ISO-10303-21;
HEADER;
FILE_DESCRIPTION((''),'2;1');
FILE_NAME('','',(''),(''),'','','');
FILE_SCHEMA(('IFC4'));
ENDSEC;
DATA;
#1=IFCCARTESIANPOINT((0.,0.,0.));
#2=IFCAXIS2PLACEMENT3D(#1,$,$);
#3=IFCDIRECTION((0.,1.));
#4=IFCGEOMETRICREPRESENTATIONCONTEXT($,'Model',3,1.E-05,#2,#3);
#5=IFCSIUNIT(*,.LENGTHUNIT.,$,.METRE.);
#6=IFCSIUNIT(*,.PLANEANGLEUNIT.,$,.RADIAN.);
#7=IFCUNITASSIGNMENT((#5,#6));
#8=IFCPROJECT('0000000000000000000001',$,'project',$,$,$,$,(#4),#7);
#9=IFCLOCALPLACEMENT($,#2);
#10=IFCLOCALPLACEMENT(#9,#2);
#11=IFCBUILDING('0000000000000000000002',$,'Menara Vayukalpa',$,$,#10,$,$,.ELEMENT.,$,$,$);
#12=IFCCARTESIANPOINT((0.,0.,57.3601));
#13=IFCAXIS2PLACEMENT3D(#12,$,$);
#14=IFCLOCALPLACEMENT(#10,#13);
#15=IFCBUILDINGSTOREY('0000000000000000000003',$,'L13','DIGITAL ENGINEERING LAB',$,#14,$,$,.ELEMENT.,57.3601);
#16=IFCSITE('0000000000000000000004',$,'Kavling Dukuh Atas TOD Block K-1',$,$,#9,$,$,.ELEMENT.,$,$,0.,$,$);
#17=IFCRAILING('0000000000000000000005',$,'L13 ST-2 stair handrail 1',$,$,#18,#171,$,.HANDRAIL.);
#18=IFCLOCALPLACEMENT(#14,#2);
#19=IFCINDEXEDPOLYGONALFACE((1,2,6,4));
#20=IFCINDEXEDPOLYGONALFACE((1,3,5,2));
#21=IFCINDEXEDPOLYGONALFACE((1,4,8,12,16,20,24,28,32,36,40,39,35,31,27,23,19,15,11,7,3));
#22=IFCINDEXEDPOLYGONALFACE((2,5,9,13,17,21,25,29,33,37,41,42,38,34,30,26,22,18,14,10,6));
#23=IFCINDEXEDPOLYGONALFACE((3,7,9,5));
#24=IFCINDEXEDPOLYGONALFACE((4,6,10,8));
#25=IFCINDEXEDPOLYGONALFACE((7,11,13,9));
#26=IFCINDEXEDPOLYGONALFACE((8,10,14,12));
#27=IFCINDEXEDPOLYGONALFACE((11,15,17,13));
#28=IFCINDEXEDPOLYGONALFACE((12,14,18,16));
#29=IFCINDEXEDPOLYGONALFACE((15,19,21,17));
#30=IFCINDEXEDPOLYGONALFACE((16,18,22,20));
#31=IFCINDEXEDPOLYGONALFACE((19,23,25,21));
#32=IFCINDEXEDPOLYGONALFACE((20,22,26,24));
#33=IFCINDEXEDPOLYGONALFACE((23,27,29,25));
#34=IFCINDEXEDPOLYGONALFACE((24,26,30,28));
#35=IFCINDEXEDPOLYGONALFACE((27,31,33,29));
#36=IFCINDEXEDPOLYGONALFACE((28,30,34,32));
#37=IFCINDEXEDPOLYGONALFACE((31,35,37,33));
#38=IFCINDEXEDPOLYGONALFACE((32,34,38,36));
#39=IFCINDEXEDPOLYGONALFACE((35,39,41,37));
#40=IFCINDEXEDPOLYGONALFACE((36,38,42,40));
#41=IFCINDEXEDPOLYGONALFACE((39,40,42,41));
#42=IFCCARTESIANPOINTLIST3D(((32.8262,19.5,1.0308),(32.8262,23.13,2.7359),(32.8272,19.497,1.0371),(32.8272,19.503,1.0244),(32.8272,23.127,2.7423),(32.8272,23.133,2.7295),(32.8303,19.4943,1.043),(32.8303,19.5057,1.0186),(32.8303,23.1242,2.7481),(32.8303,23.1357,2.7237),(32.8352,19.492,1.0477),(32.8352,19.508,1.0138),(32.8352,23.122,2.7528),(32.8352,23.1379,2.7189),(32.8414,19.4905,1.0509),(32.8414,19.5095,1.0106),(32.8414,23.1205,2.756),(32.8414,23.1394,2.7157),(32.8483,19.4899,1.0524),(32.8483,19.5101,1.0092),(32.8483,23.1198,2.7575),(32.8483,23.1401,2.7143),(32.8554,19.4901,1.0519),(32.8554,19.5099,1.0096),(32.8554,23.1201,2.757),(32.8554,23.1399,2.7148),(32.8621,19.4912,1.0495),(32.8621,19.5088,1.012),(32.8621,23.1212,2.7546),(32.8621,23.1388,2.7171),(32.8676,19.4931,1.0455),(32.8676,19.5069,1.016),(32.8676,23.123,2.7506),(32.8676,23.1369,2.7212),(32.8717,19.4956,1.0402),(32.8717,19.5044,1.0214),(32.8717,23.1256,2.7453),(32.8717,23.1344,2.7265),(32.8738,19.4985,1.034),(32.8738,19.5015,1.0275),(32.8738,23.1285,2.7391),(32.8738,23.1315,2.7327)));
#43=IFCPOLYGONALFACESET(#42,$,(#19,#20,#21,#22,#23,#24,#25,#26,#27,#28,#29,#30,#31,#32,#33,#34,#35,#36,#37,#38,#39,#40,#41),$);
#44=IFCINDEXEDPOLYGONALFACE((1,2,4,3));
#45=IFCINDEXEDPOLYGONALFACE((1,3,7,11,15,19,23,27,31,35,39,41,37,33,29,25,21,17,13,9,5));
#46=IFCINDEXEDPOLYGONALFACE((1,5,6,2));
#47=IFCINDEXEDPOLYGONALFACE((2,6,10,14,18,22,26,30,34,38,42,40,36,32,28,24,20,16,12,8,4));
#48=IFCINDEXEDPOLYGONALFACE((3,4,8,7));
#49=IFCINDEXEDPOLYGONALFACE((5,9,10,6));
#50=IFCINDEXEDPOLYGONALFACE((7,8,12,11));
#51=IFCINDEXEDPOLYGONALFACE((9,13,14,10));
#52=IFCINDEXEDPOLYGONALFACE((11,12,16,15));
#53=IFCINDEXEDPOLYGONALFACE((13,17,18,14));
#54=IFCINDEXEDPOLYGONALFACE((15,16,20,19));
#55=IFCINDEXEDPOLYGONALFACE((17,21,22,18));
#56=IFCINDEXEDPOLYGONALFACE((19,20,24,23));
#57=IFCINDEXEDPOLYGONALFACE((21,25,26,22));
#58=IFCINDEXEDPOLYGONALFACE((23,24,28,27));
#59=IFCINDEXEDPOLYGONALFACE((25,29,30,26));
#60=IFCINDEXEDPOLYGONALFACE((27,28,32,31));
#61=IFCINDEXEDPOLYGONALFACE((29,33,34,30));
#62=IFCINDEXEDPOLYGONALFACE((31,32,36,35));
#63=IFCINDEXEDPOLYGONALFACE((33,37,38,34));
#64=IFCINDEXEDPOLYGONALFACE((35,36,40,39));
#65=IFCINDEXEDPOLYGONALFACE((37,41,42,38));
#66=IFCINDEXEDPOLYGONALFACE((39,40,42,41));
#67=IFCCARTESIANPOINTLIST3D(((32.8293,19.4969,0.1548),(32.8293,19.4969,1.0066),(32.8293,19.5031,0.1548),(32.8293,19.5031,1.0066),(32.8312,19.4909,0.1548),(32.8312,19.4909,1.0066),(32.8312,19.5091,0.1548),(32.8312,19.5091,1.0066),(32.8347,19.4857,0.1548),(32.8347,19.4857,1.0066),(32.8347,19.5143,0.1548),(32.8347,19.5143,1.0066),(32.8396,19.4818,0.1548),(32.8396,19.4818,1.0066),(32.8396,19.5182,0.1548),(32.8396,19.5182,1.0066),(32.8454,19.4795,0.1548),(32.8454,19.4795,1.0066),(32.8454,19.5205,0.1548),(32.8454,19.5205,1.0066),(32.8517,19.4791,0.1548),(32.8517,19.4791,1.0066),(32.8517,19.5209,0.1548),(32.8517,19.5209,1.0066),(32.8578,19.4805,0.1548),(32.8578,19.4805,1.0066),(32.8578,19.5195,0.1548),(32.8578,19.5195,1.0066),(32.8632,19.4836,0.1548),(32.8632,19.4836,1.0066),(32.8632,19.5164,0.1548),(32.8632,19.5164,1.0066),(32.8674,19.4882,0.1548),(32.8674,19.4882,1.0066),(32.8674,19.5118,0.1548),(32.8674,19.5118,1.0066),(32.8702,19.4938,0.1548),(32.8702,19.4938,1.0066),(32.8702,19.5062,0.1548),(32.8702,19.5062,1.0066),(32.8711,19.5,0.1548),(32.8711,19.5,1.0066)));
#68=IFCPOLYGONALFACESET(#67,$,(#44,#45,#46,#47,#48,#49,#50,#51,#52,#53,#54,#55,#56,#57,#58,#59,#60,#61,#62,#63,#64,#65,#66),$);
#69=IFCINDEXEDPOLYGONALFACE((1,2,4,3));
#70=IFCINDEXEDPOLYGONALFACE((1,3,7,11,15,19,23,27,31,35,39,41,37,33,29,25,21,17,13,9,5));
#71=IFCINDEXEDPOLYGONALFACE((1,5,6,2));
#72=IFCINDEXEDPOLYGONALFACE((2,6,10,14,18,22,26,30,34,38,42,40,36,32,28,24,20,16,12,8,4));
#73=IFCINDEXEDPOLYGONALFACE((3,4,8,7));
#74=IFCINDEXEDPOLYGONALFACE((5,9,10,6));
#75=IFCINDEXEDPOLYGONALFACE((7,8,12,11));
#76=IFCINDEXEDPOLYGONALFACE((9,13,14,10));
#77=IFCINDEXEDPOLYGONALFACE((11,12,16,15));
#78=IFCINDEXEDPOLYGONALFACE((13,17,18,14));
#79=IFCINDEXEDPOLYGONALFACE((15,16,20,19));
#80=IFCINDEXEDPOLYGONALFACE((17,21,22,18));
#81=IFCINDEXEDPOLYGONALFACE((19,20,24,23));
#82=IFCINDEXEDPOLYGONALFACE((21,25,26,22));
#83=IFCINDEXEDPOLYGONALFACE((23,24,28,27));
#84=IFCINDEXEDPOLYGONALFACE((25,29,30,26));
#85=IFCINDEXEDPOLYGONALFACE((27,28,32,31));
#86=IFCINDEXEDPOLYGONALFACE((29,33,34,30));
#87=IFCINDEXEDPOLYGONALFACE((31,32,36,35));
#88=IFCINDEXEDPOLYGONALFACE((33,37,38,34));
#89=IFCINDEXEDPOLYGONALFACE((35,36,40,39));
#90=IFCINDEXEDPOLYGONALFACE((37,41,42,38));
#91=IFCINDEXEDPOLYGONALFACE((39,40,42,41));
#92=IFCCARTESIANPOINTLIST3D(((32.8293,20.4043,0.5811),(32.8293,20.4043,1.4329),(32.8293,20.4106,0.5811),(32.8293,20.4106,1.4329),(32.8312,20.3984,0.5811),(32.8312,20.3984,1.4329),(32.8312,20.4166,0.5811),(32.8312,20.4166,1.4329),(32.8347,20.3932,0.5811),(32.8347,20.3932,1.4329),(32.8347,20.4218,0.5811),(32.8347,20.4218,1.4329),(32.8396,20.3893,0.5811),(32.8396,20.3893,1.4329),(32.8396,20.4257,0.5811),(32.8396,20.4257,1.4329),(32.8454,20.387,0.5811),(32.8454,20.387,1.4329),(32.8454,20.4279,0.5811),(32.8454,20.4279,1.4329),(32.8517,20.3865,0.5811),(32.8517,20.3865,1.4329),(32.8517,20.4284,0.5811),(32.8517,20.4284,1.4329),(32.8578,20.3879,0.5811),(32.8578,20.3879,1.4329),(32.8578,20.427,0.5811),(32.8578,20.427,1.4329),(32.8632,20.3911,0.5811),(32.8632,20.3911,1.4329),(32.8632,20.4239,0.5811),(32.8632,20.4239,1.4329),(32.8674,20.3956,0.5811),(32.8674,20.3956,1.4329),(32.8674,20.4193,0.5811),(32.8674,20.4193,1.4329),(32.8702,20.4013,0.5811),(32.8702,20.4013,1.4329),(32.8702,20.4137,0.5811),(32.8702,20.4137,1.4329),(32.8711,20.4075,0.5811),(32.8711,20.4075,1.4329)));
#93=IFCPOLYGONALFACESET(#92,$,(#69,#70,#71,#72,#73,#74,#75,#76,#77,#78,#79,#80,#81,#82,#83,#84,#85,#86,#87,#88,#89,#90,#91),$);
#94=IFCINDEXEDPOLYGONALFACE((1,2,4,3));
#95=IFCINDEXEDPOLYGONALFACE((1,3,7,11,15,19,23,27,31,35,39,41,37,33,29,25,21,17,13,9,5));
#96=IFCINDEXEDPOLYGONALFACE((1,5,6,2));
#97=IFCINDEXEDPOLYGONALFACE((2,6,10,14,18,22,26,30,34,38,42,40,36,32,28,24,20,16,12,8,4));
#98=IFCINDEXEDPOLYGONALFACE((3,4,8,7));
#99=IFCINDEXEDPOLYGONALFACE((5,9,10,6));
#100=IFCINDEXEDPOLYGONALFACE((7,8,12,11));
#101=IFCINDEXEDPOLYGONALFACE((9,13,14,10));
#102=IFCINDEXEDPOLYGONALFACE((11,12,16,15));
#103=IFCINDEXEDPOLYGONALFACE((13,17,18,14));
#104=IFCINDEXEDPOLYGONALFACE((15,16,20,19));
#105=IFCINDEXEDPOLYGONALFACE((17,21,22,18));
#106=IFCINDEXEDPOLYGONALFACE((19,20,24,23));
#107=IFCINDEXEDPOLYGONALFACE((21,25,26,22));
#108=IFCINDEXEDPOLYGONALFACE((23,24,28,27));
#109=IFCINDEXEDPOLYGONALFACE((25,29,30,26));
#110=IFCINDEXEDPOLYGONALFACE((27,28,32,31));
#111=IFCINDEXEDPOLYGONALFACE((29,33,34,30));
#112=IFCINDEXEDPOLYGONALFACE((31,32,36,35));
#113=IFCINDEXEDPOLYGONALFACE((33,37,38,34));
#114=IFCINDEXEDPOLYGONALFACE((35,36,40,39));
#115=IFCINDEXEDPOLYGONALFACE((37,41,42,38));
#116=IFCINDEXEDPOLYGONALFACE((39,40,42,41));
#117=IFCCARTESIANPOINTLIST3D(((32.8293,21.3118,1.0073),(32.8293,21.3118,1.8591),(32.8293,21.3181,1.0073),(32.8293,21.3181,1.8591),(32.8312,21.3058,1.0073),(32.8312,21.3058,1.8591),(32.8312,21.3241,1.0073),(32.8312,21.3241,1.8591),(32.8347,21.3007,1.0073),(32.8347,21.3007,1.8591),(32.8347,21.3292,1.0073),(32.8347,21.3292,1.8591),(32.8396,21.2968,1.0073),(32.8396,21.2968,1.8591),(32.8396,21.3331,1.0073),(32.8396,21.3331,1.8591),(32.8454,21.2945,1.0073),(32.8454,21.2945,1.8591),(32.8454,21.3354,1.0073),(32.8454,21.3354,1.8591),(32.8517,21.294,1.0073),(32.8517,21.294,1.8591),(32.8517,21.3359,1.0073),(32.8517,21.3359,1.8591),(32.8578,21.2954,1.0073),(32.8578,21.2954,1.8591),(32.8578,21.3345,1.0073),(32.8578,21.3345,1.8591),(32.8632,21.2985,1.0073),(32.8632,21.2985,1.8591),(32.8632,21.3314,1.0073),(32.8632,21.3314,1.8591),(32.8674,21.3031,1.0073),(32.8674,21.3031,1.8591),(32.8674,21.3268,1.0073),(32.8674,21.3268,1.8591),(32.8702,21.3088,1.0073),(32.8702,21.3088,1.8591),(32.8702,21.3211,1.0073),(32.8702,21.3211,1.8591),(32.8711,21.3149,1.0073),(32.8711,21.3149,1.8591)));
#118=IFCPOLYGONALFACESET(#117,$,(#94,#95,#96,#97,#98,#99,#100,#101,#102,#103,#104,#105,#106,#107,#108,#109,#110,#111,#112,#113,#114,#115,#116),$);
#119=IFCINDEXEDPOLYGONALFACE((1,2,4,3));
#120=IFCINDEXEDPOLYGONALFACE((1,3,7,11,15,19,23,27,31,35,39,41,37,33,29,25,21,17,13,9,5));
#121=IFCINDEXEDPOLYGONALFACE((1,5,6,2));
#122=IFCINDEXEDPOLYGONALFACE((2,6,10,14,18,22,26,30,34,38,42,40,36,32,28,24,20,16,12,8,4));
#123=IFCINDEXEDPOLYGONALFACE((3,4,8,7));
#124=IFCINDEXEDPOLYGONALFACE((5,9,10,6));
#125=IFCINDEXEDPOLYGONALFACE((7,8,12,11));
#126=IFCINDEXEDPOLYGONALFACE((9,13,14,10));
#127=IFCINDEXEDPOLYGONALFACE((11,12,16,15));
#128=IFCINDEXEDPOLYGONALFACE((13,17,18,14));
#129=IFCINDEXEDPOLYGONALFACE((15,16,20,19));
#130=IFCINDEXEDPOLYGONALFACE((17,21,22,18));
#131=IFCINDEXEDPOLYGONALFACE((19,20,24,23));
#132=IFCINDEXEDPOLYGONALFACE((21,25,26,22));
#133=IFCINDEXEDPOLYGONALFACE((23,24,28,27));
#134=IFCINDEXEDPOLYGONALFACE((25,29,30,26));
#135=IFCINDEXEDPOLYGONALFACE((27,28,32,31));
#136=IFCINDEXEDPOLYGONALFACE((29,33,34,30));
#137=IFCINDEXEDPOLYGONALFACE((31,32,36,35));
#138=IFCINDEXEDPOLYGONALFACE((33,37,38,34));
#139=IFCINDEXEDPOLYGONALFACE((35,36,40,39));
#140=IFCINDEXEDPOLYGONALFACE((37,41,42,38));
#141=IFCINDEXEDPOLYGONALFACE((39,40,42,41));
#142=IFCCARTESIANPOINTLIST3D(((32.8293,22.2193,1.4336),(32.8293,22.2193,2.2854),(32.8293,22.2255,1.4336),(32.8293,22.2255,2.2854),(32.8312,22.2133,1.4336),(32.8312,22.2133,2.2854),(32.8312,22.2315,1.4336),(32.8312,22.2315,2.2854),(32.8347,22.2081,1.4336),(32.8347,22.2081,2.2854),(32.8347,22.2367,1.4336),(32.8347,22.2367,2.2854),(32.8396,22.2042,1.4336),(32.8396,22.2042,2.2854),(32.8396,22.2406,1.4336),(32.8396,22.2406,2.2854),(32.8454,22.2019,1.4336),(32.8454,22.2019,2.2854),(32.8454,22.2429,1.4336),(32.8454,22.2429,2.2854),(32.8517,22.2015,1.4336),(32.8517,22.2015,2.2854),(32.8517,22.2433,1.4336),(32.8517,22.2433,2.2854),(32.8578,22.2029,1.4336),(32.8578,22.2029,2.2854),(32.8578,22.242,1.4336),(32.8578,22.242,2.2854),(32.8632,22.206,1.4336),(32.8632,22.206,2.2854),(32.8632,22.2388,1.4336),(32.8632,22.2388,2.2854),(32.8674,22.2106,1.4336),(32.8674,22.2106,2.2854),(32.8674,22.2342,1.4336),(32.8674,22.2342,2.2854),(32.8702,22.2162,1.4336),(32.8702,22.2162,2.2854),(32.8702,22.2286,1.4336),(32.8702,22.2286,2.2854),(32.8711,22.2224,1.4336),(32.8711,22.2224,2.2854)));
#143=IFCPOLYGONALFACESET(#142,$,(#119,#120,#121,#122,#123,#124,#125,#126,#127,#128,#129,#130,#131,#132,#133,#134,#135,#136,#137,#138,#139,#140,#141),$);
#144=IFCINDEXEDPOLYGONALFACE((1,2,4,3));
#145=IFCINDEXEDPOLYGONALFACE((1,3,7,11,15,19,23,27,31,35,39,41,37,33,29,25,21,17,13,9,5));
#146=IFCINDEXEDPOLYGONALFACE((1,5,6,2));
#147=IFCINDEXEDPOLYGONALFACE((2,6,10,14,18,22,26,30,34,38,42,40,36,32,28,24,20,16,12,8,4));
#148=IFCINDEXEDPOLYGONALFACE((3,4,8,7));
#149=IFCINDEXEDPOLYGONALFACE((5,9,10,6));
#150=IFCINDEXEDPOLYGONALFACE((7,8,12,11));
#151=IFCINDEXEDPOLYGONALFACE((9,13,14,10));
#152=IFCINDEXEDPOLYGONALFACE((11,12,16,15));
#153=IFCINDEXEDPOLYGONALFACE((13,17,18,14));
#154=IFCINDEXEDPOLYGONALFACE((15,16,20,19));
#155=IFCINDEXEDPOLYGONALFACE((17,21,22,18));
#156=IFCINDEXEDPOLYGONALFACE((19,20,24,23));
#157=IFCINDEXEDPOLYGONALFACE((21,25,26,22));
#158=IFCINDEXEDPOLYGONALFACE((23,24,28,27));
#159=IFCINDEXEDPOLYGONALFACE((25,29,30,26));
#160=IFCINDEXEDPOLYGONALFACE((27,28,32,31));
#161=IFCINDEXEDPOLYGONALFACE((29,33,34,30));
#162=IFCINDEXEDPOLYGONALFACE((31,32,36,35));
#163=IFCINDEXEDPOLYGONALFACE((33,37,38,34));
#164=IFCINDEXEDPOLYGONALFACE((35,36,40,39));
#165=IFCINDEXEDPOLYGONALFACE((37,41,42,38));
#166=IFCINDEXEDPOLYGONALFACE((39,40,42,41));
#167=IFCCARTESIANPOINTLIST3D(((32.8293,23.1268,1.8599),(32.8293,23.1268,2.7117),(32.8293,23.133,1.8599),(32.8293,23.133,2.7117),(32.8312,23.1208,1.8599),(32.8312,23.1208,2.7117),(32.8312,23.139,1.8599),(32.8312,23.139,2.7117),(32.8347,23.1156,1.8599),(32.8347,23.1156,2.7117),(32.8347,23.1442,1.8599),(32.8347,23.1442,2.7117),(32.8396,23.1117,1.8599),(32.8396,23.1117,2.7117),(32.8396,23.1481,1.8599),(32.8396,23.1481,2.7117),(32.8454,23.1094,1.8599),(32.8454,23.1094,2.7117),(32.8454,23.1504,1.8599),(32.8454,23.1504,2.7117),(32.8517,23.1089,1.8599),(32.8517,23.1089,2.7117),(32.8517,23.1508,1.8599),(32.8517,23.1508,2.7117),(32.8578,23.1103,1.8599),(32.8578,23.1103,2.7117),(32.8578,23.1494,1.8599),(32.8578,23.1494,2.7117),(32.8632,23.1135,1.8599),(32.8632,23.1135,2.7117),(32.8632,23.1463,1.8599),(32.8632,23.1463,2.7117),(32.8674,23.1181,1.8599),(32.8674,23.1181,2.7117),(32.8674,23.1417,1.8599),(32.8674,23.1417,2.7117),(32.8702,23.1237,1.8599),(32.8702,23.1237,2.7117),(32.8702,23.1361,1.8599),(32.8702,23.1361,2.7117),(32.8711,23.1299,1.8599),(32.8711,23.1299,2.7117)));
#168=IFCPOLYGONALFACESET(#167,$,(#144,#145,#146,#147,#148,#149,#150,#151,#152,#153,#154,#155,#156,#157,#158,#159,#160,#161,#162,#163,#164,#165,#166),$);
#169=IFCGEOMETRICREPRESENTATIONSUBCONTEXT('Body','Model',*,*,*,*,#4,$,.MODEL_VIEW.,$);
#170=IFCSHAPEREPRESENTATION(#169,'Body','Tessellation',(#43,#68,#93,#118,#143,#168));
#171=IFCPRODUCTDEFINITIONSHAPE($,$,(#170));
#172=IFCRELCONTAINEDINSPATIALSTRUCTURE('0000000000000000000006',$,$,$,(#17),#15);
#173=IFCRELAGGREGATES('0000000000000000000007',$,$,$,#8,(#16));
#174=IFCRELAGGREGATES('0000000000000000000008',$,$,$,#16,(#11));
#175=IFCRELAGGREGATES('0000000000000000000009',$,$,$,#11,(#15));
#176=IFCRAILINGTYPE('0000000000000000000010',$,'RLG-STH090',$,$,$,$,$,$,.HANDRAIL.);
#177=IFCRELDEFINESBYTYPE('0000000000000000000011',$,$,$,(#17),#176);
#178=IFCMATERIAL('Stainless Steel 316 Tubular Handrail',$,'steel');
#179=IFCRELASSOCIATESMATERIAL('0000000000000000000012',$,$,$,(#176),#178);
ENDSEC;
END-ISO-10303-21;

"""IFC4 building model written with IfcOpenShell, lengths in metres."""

from ifc_helpers import new_model, si_unit, direction, frame, origin, origin_2d, place, context, subcontext, project, spatial, circle, extrude, material, type_object, element, save


model = new_model("IFC4")

# Units and contexts
model_context = context("Model", 3, precision=1e-05, world=origin(), true_north=direction((0.0, 1.0)))
body_context = subcontext(model_context, "Body", "Model", "MODEL_VIEW")
ifc_project = project(units=[si_unit("LENGTHUNIT", "METRE"), si_unit("PLANEANGLEUNIT", "RADIAN")], contexts=[model_context])

# Site, building, storey
site_placement = place(None, origin())
site = spatial("IfcSite", under=ifc_project, at=site_placement, Name="Kavling Dukuh Atas TOD Block K-1", CompositionType="ELEMENT", RefElevation=0.0)
building_placement = place(site_placement, origin())
building = spatial("IfcBuilding", under=site, at=building_placement, Name="Menara Vayukalpa", CompositionType="ELEMENT")
storey_placement = place(building_placement, frame((0.0, 0.0, 57.3601)))
storey = spatial("IfcBuildingStorey", under=building, at=storey_placement, Name="L13", Description="DIGITAL ENGINEERING LAB", CompositionType="ELEMENT", Elevation=57.3601)

# Railing
ifc_material_1 = material(Name="Stainless Steel 316 Tubular Handrail", Category="steel")
railing_type_1 = type_object("IfcRailingType", Name="RLG-STH090", PredefinedType="HANDRAIL", material=ifc_material_1)
railing_1_placement = place(storey_placement, frame((32.8501, 19.5, 0.1548)))
element("IfcRailing", 1, at=railing_1_placement, inside=storey, type_object=railing_type_1, Name="L13 ST-2 stair handrail 1", PredefinedType="HANDRAIL", context=body_context, shape_type="SweptSolid", body=[
    extrude(circle(Radius=0.0239, at=origin_2d()), frame((0.0, 0.0, 0.876), z_axis=(0.0, 0.905116, 0.425164), x_axis=(-1.0, 0.0, 0.0)), (0.0, 0.0, 1.0), 4.0105),
    extrude(circle(Radius=0.021, at=origin_2d()), origin(), (0.0, 0.0, 1.0), 0.8518),
    extrude(circle(Radius=0.021, at=origin_2d()), frame((0.0, 0.9075, 0.4263)), (0.0, 0.0, 1.0), 0.8518),
    extrude(circle(Radius=0.021, at=origin_2d()), frame((0.0, 1.8149, 0.8525)), (0.0, 0.0, 1.0), 0.8518),
    extrude(circle(Radius=0.021, at=origin_2d()), frame((0.0, 2.7224, 1.2788)), (0.0, 0.0, 1.0), 0.8518),
    extrude(circle(Radius=0.021, at=origin_2d()), frame((0.0, 3.6299, 1.7051)), (0.0, 0.0, 1.0), 0.8518),
])

save(model, "model.ifc")
